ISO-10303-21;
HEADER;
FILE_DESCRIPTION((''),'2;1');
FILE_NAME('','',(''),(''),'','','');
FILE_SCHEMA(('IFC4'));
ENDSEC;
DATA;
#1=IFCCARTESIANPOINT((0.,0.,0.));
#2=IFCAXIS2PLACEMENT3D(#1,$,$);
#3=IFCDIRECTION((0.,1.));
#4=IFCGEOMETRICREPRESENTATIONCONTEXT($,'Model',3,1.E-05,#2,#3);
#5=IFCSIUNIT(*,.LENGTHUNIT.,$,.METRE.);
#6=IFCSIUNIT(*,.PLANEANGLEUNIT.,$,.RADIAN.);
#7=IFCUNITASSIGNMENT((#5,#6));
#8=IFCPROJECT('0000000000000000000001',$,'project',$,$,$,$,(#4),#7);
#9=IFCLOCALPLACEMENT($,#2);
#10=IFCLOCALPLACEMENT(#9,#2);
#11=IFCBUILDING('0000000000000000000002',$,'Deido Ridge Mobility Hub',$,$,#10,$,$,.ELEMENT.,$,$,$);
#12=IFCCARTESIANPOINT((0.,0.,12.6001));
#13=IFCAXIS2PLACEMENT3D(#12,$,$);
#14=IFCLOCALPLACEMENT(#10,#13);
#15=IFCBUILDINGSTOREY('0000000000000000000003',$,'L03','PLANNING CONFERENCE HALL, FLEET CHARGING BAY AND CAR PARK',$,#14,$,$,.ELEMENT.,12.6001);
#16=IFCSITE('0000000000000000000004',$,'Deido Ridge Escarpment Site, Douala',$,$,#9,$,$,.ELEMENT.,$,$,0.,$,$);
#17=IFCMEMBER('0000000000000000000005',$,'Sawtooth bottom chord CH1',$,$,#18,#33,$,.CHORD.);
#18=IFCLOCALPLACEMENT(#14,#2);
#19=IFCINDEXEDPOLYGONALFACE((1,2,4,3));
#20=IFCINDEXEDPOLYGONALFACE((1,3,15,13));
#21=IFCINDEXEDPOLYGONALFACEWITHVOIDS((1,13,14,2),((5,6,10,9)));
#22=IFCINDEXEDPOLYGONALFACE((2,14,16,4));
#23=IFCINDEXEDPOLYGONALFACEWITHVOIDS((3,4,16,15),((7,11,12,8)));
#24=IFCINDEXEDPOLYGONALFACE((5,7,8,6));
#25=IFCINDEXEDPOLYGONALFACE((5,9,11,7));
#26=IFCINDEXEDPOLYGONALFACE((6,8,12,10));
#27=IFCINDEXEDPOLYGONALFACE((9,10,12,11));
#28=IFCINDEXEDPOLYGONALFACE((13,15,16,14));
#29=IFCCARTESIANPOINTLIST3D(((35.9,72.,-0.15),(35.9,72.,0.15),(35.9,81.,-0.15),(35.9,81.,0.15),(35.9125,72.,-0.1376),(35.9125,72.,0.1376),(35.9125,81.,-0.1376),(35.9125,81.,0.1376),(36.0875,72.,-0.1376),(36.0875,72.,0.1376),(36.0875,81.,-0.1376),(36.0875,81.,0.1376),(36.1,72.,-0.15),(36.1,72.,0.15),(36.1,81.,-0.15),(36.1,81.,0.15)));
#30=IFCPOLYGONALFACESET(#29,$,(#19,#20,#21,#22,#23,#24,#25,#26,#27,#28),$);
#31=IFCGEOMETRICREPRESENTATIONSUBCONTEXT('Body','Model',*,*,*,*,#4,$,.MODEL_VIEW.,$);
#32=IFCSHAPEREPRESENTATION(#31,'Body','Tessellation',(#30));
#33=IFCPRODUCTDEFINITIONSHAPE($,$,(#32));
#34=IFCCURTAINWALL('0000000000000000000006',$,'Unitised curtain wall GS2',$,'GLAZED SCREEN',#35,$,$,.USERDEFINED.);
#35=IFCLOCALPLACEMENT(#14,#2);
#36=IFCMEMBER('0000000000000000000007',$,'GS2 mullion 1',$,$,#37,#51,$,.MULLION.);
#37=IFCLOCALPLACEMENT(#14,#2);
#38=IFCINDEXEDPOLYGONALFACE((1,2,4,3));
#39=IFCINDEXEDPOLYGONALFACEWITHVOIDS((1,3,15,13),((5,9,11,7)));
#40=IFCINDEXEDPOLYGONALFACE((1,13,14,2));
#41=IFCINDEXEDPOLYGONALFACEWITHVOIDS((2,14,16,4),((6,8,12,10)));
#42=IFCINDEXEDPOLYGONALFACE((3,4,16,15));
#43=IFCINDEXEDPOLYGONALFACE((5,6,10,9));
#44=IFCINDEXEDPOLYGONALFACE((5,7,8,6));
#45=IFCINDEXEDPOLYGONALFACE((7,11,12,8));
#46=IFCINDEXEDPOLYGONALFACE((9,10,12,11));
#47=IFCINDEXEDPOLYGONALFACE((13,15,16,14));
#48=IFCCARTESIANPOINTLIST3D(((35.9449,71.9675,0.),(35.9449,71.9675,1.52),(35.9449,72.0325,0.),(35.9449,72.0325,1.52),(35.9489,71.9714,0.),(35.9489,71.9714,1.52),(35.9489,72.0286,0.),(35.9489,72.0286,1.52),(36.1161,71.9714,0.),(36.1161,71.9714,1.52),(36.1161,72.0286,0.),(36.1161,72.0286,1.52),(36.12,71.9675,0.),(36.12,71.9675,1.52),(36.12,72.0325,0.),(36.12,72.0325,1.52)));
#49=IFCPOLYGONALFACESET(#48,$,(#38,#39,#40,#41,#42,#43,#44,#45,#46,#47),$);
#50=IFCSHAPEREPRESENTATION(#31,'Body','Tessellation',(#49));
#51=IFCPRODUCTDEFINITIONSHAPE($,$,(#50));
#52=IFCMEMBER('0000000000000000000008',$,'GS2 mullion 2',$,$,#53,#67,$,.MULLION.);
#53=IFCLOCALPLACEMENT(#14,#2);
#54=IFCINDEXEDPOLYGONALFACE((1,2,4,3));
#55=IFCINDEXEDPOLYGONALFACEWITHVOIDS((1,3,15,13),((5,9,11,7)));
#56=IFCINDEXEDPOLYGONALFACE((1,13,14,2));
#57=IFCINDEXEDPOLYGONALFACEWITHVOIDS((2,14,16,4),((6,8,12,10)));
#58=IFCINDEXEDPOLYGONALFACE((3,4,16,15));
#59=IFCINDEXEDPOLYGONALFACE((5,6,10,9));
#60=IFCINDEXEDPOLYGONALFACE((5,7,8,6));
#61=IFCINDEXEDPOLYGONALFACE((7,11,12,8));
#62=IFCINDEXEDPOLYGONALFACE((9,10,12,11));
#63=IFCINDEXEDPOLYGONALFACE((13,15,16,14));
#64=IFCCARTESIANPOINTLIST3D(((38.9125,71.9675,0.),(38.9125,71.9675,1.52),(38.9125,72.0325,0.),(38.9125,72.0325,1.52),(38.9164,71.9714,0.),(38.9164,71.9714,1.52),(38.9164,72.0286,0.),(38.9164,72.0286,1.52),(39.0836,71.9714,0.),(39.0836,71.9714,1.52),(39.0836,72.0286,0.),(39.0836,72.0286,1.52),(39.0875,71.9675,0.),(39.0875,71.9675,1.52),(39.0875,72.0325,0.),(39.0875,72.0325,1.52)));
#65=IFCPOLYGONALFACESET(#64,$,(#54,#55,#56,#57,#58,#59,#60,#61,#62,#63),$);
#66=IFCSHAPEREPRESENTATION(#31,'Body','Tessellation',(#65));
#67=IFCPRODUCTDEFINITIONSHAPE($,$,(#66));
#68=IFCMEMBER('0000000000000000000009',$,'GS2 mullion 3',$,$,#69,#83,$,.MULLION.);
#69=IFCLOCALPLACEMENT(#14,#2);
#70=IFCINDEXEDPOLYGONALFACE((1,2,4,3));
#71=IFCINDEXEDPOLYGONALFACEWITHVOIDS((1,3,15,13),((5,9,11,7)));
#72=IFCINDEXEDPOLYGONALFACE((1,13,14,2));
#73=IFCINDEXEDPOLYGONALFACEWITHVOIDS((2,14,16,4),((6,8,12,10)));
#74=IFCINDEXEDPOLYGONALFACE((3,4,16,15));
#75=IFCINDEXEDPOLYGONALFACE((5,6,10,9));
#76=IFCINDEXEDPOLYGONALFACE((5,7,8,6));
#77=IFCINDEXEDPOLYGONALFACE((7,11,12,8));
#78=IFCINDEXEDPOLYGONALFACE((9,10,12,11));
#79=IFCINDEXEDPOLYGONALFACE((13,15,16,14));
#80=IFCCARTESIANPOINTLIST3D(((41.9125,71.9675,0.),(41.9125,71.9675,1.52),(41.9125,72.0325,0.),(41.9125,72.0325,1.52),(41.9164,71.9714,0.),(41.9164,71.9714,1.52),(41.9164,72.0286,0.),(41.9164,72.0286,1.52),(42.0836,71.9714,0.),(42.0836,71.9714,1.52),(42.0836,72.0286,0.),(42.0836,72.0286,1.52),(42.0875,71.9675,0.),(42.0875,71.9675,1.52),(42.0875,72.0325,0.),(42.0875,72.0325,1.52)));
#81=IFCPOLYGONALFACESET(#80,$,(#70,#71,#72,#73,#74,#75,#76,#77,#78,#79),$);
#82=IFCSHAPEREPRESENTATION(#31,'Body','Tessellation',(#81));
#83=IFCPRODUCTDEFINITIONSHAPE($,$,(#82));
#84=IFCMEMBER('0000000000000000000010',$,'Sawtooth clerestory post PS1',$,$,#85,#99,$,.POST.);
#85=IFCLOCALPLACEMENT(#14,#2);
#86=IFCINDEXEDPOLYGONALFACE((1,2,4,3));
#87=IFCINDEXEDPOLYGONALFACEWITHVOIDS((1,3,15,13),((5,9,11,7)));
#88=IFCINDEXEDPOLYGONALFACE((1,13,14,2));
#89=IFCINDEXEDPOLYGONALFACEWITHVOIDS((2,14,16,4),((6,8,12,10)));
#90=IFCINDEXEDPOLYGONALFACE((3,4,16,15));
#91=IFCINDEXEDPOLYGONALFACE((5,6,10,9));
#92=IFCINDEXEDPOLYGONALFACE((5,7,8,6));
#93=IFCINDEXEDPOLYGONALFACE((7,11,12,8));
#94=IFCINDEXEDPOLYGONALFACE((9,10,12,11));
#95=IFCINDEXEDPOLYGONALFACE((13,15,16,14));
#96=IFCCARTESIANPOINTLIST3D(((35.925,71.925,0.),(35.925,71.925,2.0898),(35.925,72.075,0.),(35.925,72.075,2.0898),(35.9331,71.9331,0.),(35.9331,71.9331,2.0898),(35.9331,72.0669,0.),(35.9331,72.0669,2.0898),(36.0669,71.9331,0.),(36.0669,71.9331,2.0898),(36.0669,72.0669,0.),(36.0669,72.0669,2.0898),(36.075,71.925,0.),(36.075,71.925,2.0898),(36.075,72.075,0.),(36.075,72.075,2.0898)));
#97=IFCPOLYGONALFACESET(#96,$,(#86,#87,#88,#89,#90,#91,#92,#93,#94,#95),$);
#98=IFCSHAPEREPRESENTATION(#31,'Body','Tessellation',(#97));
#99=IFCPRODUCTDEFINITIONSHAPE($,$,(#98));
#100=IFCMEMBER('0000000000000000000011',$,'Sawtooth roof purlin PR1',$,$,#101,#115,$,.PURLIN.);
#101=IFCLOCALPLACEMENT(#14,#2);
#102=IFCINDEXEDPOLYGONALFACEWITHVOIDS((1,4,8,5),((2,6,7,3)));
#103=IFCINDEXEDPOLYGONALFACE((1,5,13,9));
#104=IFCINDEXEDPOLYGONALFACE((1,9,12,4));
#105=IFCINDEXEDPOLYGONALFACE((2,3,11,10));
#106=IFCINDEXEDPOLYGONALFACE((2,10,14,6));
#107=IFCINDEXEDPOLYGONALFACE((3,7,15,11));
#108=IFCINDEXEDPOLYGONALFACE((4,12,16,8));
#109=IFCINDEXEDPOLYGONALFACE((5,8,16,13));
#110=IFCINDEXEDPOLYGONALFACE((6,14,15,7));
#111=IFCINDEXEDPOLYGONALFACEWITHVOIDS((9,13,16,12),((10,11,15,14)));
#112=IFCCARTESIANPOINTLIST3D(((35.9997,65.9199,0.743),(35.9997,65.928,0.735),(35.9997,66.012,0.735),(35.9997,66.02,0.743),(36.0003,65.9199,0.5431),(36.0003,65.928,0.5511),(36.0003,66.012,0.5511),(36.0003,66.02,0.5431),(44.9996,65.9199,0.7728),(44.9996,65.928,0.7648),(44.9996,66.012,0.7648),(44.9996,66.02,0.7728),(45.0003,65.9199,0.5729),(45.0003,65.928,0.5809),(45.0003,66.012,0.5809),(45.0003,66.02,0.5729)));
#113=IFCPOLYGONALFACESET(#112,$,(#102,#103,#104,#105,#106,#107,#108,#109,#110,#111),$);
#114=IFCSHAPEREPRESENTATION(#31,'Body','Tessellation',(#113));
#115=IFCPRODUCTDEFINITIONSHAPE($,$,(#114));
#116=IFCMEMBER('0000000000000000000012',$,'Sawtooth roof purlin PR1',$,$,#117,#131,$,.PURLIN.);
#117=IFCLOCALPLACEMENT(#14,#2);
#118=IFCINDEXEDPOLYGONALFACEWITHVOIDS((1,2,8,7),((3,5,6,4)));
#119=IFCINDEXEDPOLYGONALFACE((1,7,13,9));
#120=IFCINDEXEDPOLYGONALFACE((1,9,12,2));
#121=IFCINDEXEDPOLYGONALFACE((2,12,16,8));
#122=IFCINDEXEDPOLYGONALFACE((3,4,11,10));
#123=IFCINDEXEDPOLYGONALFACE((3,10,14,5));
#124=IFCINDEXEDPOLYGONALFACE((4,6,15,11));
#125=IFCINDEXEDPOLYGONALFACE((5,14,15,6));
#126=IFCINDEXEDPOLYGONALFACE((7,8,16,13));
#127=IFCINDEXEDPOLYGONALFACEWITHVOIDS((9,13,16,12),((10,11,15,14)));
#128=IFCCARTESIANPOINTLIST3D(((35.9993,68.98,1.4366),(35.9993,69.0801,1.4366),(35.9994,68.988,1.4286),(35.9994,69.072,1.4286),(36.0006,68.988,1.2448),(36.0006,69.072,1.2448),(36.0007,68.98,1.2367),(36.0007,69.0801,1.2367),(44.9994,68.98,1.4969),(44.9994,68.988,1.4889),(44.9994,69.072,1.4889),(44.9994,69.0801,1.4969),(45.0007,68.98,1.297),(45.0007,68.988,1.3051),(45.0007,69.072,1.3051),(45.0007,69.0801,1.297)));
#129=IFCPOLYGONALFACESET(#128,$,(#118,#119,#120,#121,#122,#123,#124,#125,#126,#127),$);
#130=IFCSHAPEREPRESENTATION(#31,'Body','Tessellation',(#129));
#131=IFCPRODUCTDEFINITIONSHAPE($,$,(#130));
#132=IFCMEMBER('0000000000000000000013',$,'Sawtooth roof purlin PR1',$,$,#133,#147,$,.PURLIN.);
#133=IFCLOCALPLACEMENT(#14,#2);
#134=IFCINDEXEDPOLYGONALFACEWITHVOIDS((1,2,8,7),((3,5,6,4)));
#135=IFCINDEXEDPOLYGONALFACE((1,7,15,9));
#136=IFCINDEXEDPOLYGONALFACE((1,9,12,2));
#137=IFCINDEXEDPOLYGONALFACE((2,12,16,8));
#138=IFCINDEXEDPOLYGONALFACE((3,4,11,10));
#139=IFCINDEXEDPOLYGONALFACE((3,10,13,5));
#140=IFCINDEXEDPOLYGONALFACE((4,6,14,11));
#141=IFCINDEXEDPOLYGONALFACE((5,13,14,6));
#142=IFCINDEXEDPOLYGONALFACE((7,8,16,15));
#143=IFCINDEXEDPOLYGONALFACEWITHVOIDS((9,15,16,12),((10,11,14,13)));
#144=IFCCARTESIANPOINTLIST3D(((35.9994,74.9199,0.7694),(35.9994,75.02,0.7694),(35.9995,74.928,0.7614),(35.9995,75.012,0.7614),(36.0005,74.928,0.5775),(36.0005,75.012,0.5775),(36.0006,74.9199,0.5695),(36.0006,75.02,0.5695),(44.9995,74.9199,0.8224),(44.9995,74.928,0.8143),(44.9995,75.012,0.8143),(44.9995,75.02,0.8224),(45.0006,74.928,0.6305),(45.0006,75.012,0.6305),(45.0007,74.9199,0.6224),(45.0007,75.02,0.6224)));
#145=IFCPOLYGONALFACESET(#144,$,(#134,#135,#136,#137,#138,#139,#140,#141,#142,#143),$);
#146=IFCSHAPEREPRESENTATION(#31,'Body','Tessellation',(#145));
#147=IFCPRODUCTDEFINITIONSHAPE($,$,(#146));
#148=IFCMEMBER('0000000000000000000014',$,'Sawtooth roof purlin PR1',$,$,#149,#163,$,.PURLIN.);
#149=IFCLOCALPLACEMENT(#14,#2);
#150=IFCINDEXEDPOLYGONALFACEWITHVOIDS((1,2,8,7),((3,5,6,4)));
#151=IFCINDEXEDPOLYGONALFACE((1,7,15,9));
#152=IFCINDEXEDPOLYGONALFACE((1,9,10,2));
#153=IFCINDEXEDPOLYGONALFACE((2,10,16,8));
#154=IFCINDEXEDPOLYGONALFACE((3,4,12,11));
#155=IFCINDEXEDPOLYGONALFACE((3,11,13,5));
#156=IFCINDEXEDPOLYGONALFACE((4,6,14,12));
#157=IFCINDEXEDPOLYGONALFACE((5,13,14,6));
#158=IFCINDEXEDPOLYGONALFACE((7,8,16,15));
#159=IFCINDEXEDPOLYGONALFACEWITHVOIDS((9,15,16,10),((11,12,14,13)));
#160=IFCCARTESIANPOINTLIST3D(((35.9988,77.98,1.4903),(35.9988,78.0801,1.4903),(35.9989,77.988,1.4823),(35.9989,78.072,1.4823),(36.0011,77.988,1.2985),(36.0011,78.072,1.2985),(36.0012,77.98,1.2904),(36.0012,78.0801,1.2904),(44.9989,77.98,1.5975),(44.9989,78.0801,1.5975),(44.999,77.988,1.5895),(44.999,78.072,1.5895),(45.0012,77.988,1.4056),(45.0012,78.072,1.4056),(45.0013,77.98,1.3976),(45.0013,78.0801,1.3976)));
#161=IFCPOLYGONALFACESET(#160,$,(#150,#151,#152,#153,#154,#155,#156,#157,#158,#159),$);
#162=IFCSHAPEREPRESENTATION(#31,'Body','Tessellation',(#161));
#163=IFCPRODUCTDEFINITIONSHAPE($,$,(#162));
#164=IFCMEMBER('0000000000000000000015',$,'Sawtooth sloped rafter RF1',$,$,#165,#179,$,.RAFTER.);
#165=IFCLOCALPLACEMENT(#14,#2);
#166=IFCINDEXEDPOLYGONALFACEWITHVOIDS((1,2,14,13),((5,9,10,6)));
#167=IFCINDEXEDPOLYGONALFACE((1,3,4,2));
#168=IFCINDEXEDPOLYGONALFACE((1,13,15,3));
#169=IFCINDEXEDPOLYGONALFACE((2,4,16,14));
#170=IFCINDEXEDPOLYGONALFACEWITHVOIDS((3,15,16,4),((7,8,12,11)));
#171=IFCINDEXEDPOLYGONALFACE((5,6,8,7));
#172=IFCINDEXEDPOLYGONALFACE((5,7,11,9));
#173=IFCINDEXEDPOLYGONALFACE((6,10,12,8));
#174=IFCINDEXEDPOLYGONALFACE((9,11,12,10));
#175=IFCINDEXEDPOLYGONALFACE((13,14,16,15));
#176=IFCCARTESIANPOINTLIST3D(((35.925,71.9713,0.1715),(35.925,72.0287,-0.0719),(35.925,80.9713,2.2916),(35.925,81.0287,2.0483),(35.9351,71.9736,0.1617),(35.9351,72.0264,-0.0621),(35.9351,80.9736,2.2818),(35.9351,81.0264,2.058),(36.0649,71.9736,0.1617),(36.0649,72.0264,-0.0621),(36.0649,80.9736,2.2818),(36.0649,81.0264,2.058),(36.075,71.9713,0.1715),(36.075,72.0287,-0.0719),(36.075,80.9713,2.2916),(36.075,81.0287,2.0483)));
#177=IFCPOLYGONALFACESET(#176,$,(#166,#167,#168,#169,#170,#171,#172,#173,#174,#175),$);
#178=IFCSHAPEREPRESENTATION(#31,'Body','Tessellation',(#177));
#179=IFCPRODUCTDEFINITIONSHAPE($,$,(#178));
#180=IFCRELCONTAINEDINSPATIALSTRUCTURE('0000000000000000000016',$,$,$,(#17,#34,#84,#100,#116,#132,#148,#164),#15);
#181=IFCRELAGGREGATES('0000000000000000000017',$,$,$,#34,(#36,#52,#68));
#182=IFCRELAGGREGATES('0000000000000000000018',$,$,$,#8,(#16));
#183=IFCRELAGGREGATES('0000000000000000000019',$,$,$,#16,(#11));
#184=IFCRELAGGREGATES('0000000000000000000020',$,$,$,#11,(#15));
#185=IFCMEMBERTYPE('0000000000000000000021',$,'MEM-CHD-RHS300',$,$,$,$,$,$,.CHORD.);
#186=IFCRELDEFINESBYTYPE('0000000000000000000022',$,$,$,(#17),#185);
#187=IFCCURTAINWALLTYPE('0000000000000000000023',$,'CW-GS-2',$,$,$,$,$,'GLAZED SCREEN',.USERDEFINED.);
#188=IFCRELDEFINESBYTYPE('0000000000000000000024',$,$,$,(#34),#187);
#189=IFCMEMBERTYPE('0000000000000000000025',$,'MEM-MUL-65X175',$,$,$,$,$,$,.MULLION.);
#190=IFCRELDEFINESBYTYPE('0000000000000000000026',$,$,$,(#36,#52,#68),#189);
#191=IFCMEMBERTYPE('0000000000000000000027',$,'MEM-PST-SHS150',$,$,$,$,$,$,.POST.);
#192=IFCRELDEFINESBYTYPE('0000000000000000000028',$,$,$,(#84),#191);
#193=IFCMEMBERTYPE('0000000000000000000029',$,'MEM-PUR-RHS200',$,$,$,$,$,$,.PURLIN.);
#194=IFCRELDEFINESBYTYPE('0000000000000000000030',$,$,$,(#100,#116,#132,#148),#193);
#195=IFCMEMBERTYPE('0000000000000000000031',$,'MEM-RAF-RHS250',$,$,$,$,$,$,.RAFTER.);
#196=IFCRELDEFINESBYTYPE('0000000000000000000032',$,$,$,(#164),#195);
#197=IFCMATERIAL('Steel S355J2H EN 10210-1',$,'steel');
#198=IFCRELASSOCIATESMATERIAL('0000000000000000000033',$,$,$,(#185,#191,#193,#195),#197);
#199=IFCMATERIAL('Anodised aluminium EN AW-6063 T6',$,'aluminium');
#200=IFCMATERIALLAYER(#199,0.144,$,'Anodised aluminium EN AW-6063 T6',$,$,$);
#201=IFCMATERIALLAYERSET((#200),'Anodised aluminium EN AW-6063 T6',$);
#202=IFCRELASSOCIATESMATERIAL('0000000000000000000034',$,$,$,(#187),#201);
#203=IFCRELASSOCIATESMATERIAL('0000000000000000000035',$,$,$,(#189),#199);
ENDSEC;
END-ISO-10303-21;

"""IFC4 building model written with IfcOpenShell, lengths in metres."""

from ifc_helpers import new_model, si_unit, direction, frame, origin, origin_2d, place, context, subcontext, project, spatial, hollow_rectangle, extrude, material, layer, layer_set, material_profile, profile_set, type_object, element, aggregate, save


model = new_model("IFC4")

# Units and contexts
model_context = context("Model", 3, precision=1e-05, world=origin(), true_north=direction((0.0, 1.0)))
body_context = subcontext(model_context, "Body", "Model", "MODEL_VIEW")
ifc_project = project(units=[si_unit("LENGTHUNIT", "METRE"), si_unit("PLANEANGLEUNIT", "RADIAN")], contexts=[model_context])

# Site, building, storey
site_placement = place(None, origin())
site = spatial("IfcSite", under=ifc_project, at=site_placement, Name="Deido Ridge Escarpment Site, Douala", CompositionType="ELEMENT", RefElevation=0.0)
building_placement = place(site_placement, origin())
building = spatial("IfcBuilding", under=site, at=building_placement, Name="Deido Ridge Mobility Hub", CompositionType="ELEMENT")
storey_placement = place(building_placement, frame((0.0, 0.0, 12.6001)))
storey = spatial("IfcBuildingStorey", under=building, at=storey_placement, Name="L03", Description="PLANNING CONFERENCE HALL, FLEET CHARGING BAY AND CAR PARK", CompositionType="ELEMENT", Elevation=12.6001)

# Member
ifc_material_1 = material(Name="Steel S355J2H EN 10210-1", Category="steel")
ifc_material_profile_1 = material_profile(ifc_material_1, hollow_rectangle(XDim=0.2, YDim=0.3, WallThickness=0.0125, at=origin_2d()), Name="RHS 300x200x12.5")
ifc_profile_set_1 = profile_set([ifc_material_profile_1], Name="Steel S355J2H EN 10210-1")
member_type_1 = type_object("IfcMemberType", Name="MEM-CHD-RHS300", PredefinedType="CHORD", material=ifc_profile_set_1)
member_1_placement = place(storey_placement, frame((36.0, 72.0, 0.0), z_axis=(0.0, 1.0, 0.0), x_axis=(-1.0, 0.0, 0.0)))
element("IfcMember", 1, at=member_1_placement, inside=storey, type_object=member_type_1, Name="Sawtooth bottom chord CH1", PredefinedType="CHORD", context=body_context, shape_type="SweptSolid", body=[
    extrude(hollow_rectangle(XDim=0.2, YDim=0.3, WallThickness=0.0125, at=origin_2d()), origin(), (0.0, 0.0, 1.0), 9.0),
])

# Curtain wall, members
ifc_material_2 = material(Name="Anodised aluminium EN AW-6063 T6", Category="aluminium")
ifc_layer_1 = layer(ifc_material_2, 0.144, Name="Anodised aluminium EN AW-6063 T6")
ifc_layer_set_1 = layer_set([ifc_layer_1], Name="Anodised aluminium EN AW-6063 T6")
curtain_wall_type = type_object("IfcCurtainWallType", Name="CW-GS-2", ElementType="GLAZED SCREEN", PredefinedType="USERDEFINED", material=ifc_layer_set_1)
curtain_wall_placement = place(storey_placement, origin())
curtain_wall = element("IfcCurtainWall", 2, at=curtain_wall_placement, inside=storey, type_object=curtain_wall_type, Name="Unitised curtain wall GS2", ObjectType="GLAZED SCREEN", PredefinedType="USERDEFINED")
ifc_material_profile_2 = material_profile(ifc_material_2, hollow_rectangle(XDim=0.0649, YDim=0.175, WallThickness=0.0039, at=origin_2d()), Name="RHS 65x175x4")
ifc_profile_set_2 = profile_set([ifc_material_profile_2], Name="Anodised aluminium EN AW-6063 T6")
member_type_2 = type_object("IfcMemberType", Name="MEM-MUL-65X175", PredefinedType="MULLION", material=ifc_profile_set_2)
member_2_placement = place(storey_placement, frame((36.0325, 72.0, 0.0), z_axis=(0.0, 0.0, 1.0), x_axis=(0.0, 1.0, 0.0)))
member_2 = element("IfcMember", 3, at=member_2_placement, type_object=member_type_2, Name="GS2 mullion 1", PredefinedType="MULLION", context=body_context, shape_type="SweptSolid", body=[
    extrude(hollow_rectangle(XDim=0.0649, YDim=0.175, WallThickness=0.0039, at=origin_2d()), origin(), (0.0, 0.0, 1.0), 1.52),
])
member_3_placement = place(storey_placement, frame((39.0, 72.0, 0.0), z_axis=(0.0, 0.0, 1.0), x_axis=(0.0, 1.0, 0.0)))
member_3 = element("IfcMember", 4, at=member_3_placement, type_object=member_type_2, Name="GS2 mullion 2", PredefinedType="MULLION", context=body_context, shape_type="SweptSolid", body=[
    extrude(hollow_rectangle(XDim=0.0649, YDim=0.175, WallThickness=0.0039, at=origin_2d()), origin(), (0.0, 0.0, 1.0), 1.52),
])
member_4_placement = place(storey_placement, frame((42.0, 72.0, 0.0), z_axis=(0.0, 0.0, 1.0), x_axis=(0.0, 1.0, 0.0)))
member_4 = element("IfcMember", 5, at=member_4_placement, type_object=member_type_2, Name="GS2 mullion 3", PredefinedType="MULLION", context=body_context, shape_type="SweptSolid", body=[
    extrude(hollow_rectangle(XDim=0.0649, YDim=0.175, WallThickness=0.0039, at=origin_2d()), origin(), (0.0, 0.0, 1.0), 1.52),
])

# Members
ifc_material_profile_3 = material_profile(ifc_material_1, hollow_rectangle(XDim=0.1499, YDim=0.1499, WallThickness=0.0081, at=origin_2d()), Name="SHS 150x150x8")
ifc_profile_set_3 = profile_set([ifc_material_profile_3], Name="Steel S355J2H EN 10210-1")
member_type_3 = type_object("IfcMemberType", Name="MEM-PST-SHS150", PredefinedType="POST", material=ifc_profile_set_3)
member_5_placement = place(storey_placement, frame((36.0, 72.0, 0.0), z_axis=(0.0, 0.0, 1.0), x_axis=(1.0, 0.0, 0.0)))
element("IfcMember", 6, at=member_5_placement, inside=storey, type_object=member_type_3, Name="Sawtooth clerestory post PS1", PredefinedType="POST", context=body_context, shape_type="SweptSolid", body=[
    extrude(hollow_rectangle(XDim=0.1499, YDim=0.1499, WallThickness=0.0081, at=origin_2d()), origin(), (0.0, 0.0, 1.0), 2.0898),
])
ifc_material_profile_4 = material_profile(ifc_material_1, hollow_rectangle(XDim=0.1001, YDim=0.2, WallThickness=0.0081, at=origin_2d()), Name="RHS 200x100x8")
ifc_profile_set_4 = profile_set([ifc_material_profile_4], Name="Steel S355J2H EN 10210-1")
member_type_4 = type_object("IfcMemberType", Name="MEM-PUR-RHS200", PredefinedType="PURLIN", material=ifc_profile_set_4)
member_6_placement = place(storey_placement, frame((36.0, 65.97, 0.6431), z_axis=(0.999995, 0.0, 0.003309), x_axis=(0.0, 1.0, 0.0)))
element("IfcMember", 7, at=member_6_placement, inside=storey, type_object=member_type_4, Name="Sawtooth roof purlin PR1", PredefinedType="PURLIN", context=body_context, shape_type="SweptSolid", body=[
    extrude(hollow_rectangle(XDim=0.1001, YDim=0.2, WallThickness=0.0081, at=origin_2d()), origin(), (0.0, 0.0, 1.0), 9.0),
])
for number, where, z_axis, x_axis, name in (
    (8, (36.0, 69.03, 1.3367), (0.999978, 0.0, 0.0067), (0.0, 1.0, 0.0), "Sawtooth roof purlin PR1"),
    (9, (36.0, 74.97, 0.6694), (0.999983, 0.0, 0.005886), (0.0, 1.0, 0.0), "Sawtooth roof purlin PR1"),
):
    element("IfcMember", number, at=place(storey_placement, frame(where, z_axis=z_axis, x_axis=x_axis)), inside=storey, type_object=member_type_4, Name=name, PredefinedType="PURLIN", context=body_context, shape_type="SweptSolid", body=[
        extrude(hollow_rectangle(XDim=0.1001, YDim=0.2, WallThickness=0.0081, at=origin_2d()), origin(), (0.0, 0.0, 1.0), 9.0002),
    ])
member_7_placement = place(storey_placement, frame((36.0, 78.03, 1.3904), z_axis=(0.999929, 0.0, 0.011908), x_axis=(0.0, 1.0, 0.0)))
element("IfcMember", 10, at=member_7_placement, inside=storey, type_object=member_type_4, Name="Sawtooth roof purlin PR1", PredefinedType="PURLIN", context=body_context, shape_type="SweptSolid", body=[
    extrude(hollow_rectangle(XDim=0.1001, YDim=0.2, WallThickness=0.0081, at=origin_2d()), origin(), (0.0, 0.0, 1.0), 9.0007),
])
ifc_material_profile_5 = material_profile(ifc_material_1, hollow_rectangle(XDim=0.1499, YDim=0.25, WallThickness=0.01, at=origin_2d()), Name="RHS 250x150x10")
ifc_profile_set_5 = profile_set([ifc_material_profile_5], Name="Steel S355J2H EN 10210-1")
member_type_5 = type_object("IfcMemberType", Name="MEM-RAF-RHS250", PredefinedType="RAFTER", material=ifc_profile_set_5)
member_8_placement = place(storey_placement, frame((36.0, 72.0, 0.0498), z_axis=(0.0, 0.973358, 0.229292), x_axis=(-1.0, 0.0, 0.0)))
element("IfcMember", 11, at=member_8_placement, inside=storey, type_object=member_type_5, Name="Sawtooth sloped rafter RF1", PredefinedType="RAFTER", context=body_context, shape_type="SweptSolid", body=[
    extrude(hollow_rectangle(XDim=0.1499, YDim=0.25, WallThickness=0.01, at=origin_2d()), origin(), (0.0, 0.0, 1.0), 9.2463),
])

aggregate(curtain_wall, [member_2, member_3, member_4])

save(model, "model.ifc")
